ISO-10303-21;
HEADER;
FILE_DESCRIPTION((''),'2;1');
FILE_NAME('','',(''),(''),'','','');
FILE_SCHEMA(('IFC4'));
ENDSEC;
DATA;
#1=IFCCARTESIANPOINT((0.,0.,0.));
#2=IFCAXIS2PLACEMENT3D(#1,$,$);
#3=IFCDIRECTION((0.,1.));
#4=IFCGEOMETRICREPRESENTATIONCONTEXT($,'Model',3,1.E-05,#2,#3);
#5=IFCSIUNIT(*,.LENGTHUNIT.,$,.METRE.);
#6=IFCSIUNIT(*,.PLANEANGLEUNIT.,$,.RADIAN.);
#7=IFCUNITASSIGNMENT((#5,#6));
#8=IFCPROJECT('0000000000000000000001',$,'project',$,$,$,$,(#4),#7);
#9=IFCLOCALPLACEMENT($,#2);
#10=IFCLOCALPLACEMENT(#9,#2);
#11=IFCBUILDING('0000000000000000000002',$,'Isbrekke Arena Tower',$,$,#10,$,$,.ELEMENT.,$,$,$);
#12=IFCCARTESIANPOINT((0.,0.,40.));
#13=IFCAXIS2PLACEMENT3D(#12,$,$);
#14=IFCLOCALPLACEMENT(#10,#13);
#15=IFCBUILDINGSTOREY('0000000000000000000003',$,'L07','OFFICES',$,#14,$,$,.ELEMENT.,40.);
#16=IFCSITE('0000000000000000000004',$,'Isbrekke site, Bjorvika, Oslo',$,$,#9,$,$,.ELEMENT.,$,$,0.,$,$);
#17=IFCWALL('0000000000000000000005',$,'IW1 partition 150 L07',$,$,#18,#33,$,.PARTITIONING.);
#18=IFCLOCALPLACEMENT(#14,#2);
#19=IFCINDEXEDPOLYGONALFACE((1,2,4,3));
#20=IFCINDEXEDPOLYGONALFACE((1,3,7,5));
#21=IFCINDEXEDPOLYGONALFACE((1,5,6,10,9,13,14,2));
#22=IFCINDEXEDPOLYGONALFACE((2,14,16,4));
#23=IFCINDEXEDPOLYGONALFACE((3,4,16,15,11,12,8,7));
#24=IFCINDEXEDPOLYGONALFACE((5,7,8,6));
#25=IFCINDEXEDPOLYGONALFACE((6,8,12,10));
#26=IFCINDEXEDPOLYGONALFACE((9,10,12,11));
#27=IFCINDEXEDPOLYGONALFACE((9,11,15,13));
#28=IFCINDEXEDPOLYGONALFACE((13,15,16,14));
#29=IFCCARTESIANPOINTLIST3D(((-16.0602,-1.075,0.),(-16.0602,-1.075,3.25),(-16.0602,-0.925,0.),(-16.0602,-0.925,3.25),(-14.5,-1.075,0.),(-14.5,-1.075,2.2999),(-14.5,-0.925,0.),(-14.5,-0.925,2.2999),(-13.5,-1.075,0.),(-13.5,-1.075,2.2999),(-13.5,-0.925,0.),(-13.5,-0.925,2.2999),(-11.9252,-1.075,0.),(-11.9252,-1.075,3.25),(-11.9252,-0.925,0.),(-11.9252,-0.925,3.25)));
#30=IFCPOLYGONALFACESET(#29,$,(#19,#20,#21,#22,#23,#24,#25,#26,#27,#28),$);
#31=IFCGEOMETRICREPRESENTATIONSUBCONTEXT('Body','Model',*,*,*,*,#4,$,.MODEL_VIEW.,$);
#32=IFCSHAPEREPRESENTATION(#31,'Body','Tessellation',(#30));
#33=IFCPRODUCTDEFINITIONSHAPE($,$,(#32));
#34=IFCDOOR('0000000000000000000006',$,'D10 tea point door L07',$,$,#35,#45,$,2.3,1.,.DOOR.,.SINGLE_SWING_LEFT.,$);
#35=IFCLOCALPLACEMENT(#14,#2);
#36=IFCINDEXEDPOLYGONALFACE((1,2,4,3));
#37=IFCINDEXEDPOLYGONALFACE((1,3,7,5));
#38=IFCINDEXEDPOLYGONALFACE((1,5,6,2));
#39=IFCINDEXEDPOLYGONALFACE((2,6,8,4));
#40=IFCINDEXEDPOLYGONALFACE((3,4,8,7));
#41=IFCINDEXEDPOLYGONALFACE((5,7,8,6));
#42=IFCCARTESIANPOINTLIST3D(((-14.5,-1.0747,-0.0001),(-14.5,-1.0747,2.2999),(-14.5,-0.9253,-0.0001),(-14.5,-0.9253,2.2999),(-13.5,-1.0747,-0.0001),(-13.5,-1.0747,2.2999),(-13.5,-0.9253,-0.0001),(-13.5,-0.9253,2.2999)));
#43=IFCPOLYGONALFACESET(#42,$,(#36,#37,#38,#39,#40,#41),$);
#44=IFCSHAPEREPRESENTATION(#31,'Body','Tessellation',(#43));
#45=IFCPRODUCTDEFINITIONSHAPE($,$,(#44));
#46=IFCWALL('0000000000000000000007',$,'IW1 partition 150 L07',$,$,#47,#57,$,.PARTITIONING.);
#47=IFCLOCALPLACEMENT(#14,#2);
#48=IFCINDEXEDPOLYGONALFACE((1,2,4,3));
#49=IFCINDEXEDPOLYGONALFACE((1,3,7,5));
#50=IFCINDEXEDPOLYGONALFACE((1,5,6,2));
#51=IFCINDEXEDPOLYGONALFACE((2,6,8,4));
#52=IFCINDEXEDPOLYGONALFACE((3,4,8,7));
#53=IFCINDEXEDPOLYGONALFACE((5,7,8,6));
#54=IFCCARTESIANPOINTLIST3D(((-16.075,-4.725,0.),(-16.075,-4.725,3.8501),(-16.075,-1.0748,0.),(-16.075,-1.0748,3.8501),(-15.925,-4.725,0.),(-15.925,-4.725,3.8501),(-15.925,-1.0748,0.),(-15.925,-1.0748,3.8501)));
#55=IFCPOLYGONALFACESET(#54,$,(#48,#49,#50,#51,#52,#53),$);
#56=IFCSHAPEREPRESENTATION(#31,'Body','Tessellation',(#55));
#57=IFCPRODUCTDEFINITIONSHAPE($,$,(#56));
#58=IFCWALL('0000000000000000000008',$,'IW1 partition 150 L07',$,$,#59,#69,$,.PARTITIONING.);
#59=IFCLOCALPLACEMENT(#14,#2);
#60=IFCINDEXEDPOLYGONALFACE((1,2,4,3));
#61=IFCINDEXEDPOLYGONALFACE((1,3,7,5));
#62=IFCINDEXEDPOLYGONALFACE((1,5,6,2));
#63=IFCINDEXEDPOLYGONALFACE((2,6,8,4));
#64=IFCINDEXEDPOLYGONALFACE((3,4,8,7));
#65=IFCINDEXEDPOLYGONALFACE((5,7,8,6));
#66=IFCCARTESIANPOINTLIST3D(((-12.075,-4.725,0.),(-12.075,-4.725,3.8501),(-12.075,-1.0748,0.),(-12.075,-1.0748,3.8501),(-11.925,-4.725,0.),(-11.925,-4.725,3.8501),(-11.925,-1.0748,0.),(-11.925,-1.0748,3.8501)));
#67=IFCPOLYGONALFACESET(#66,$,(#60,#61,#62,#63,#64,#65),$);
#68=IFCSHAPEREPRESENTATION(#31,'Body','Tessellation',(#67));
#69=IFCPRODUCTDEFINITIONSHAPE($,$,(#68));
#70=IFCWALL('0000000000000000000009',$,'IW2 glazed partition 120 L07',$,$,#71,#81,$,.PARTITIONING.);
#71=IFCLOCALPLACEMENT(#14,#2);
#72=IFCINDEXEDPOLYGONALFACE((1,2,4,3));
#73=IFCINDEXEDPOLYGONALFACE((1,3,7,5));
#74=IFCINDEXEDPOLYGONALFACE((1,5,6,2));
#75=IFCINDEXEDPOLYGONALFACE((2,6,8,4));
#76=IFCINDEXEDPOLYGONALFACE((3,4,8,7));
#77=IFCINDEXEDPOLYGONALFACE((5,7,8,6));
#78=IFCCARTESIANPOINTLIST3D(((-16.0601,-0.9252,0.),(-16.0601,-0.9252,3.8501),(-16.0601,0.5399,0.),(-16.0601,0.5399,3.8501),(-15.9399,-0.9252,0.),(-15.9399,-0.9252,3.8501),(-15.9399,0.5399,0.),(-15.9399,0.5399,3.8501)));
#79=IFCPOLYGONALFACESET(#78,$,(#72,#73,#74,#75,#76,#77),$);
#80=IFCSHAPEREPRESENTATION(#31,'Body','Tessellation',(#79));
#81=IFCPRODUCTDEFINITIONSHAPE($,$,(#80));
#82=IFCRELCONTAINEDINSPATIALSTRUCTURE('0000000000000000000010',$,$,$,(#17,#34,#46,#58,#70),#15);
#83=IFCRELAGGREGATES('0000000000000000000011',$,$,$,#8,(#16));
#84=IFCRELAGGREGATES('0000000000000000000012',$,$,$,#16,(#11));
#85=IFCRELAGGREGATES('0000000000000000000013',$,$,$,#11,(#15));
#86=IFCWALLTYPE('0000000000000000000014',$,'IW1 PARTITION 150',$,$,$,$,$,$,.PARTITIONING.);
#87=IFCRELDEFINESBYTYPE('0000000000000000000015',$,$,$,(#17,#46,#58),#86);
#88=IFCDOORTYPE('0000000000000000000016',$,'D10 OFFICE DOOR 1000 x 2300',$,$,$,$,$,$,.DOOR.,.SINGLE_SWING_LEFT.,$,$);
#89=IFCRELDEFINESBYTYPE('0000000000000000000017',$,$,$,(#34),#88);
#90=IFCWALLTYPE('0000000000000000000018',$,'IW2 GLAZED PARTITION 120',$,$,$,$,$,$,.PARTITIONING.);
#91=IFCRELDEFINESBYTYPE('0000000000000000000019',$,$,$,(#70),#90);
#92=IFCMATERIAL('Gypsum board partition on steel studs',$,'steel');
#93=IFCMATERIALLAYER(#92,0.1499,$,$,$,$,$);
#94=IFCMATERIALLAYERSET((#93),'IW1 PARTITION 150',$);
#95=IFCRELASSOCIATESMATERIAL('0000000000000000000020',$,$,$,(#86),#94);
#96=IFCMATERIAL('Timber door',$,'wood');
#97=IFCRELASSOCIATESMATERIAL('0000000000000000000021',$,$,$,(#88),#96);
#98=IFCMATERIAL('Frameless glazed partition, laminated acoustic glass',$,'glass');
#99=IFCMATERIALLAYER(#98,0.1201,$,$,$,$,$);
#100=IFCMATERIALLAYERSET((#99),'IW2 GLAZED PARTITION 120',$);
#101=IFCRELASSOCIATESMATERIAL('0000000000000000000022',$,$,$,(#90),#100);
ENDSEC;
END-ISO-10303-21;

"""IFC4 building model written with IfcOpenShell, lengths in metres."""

from ifc_helpers import new_model, si_unit, direction, frame, frame_2d, origin, place, context, subcontext, project, spatial, rectangle, extrude, material, layer, layer_set, type_object, element, fill, save


model = new_model("IFC4")

# Units and contexts
model_context = context("Model", 3, precision=1e-05, world=origin(), true_north=direction((0.0, 1.0)))
body_context = subcontext(model_context, "Body", "Model", "MODEL_VIEW")
ifc_project = project(units=[si_unit("LENGTHUNIT", "METRE"), si_unit("PLANEANGLEUNIT", "RADIAN")], contexts=[model_context])

# Site, building, storey
site_placement = place(None, origin())
site = spatial("IfcSite", under=ifc_project, at=site_placement, Name="Isbrekke site, Bjorvika, Oslo", CompositionType="ELEMENT", RefElevation=0.0)
building_placement = place(site_placement, origin())
building = spatial("IfcBuilding", under=site, at=building_placement, Name="Isbrekke Arena Tower", CompositionType="ELEMENT")
storey_placement = place(building_placement, frame((0.0, 0.0, 40.0)))
storey = spatial("IfcBuildingStorey", under=building, at=storey_placement, Name="L07", Description="OFFICES", CompositionType="ELEMENT", Elevation=40.0)

# Shared definitions
ifc_material_1 = material(Name="Gypsum board partition on steel studs", Category="steel")
ifc_layer_1 = layer(ifc_material_1, 0.1499)
ifc_layer_set_1 = layer_set([ifc_layer_1], Name="IW1 PARTITION 150")
wall_type_1 = type_object("IfcWallType", Name="IW1 PARTITION 150", PredefinedType="PARTITIONING", material=ifc_layer_set_1)

# Wall, opening, door
wall_1_placement = place(storey_placement, frame((-16.0601, -1.0, 0.0), z_axis=(0.0, 0.0, 1.0), x_axis=(1.0, 0.0, 0.0)))
wall_1 = element("IfcWall", 1, at=wall_1_placement, inside=storey, type_object=wall_type_1, Name="IW1 partition 150 L07", PredefinedType="PARTITIONING", context=body_context, shape_type="SweptSolid", body=[
    extrude(rectangle(XDim=4.135, YDim=0.1499, at=frame_2d((2.0674, 0.0))), origin(), (0.0, 0.0, 1.0), 3.25),
])
opening_placement = place(wall_1_placement, frame((1.5601, 0.0, 0.0)))
opening = element("IfcOpeningElement", 2, at=opening_placement, cuts=wall_1, PredefinedType="OPENING", context=body_context, shape_type="SweptSolid", body=[
    extrude(rectangle(XDim=1.0, YDim=2.3, at=frame_2d((0.5, 1.1499))), frame((0.0, 0.0898, 0.0), z_axis=(0.0, -1.0, 0.0), x_axis=(1.0, 0.0, 0.0)), (0.0, 0.0, 1.0), 0.1797),
])
ifc_material_2 = material(Name="Timber door", Category="wood")
door_type = type_object("IfcDoorType", Name="D10 OFFICE DOOR 1000 x 2300", OperationType="SINGLE_SWING_LEFT", PredefinedType="DOOR", material=ifc_material_2)
door_placement = place(opening_placement, origin())
door = element("IfcDoor", 3, at=door_placement, inside=storey, type_object=door_type, Name="D10 tea point door L07", OperationType="SINGLE_SWING_LEFT", OverallHeight=2.3, OverallWidth=1.0, PredefinedType="DOOR", context=body_context, shape_type="SweptSolid", body=[
    extrude(rectangle(XDim=1.0, YDim=2.3, at=frame_2d((0.5, 1.1499))), frame((0.0, 0.0747, 0.0), z_axis=(0.0, -1.0, 0.0), x_axis=(1.0, 0.0, 0.0)), (0.0, 0.0, 1.0), 0.1494),
])
fill(opening, door)

# Walls
for number, where, z_axis, x_axis, name in (
    (4, (-16.0, -4.7251, 0.0), (0.0, 0.0, 1.0), (0.0, 1.0, 0.0), "IW1 partition 150 L07"),
    (5, (-12.0, -4.7251, 0.0), (0.0, 0.0, 1.0), (0.0, 1.0, 0.0), "IW1 partition 150 L07"),
):
    element("IfcWall", number, at=place(storey_placement, frame(where, z_axis=z_axis, x_axis=x_axis)), inside=storey, type_object=wall_type_1, Name=name, PredefinedType="PARTITIONING", context=body_context, shape_type="SweptSolid", body=[
        extrude(rectangle(XDim=3.6501, YDim=0.1499, at=frame_2d((1.8252, 0.0))), origin(), (0.0, 0.0, 1.0), 3.8501),
    ])
ifc_material_3 = material(Name="Frameless glazed partition, laminated acoustic glass", Category="glass")
ifc_layer_2 = layer(ifc_material_3, 0.1201)
ifc_layer_set_2 = layer_set([ifc_layer_2], Name="IW2 GLAZED PARTITION 120")
wall_type_2 = type_object("IfcWallType", Name="IW2 GLAZED PARTITION 120", PredefinedType="PARTITIONING", material=ifc_layer_set_2)
wall_2_placement = place(storey_placement, frame((-16.0, -0.925, 0.0), z_axis=(0.0, 0.0, 1.0), x_axis=(0.0, 1.0, 0.0)))
element("IfcWall", 6, at=wall_2_placement, inside=storey, type_object=wall_type_2, Name="IW2 glazed partition 120 L07", PredefinedType="PARTITIONING", context=body_context, shape_type="SweptSolid", body=[
    extrude(rectangle(XDim=1.4651, YDim=0.1201, at=frame_2d((0.7324, 0.0))), origin(), (0.0, 0.0, 1.0), 3.8501),
])

save(model, "model.ifc")
